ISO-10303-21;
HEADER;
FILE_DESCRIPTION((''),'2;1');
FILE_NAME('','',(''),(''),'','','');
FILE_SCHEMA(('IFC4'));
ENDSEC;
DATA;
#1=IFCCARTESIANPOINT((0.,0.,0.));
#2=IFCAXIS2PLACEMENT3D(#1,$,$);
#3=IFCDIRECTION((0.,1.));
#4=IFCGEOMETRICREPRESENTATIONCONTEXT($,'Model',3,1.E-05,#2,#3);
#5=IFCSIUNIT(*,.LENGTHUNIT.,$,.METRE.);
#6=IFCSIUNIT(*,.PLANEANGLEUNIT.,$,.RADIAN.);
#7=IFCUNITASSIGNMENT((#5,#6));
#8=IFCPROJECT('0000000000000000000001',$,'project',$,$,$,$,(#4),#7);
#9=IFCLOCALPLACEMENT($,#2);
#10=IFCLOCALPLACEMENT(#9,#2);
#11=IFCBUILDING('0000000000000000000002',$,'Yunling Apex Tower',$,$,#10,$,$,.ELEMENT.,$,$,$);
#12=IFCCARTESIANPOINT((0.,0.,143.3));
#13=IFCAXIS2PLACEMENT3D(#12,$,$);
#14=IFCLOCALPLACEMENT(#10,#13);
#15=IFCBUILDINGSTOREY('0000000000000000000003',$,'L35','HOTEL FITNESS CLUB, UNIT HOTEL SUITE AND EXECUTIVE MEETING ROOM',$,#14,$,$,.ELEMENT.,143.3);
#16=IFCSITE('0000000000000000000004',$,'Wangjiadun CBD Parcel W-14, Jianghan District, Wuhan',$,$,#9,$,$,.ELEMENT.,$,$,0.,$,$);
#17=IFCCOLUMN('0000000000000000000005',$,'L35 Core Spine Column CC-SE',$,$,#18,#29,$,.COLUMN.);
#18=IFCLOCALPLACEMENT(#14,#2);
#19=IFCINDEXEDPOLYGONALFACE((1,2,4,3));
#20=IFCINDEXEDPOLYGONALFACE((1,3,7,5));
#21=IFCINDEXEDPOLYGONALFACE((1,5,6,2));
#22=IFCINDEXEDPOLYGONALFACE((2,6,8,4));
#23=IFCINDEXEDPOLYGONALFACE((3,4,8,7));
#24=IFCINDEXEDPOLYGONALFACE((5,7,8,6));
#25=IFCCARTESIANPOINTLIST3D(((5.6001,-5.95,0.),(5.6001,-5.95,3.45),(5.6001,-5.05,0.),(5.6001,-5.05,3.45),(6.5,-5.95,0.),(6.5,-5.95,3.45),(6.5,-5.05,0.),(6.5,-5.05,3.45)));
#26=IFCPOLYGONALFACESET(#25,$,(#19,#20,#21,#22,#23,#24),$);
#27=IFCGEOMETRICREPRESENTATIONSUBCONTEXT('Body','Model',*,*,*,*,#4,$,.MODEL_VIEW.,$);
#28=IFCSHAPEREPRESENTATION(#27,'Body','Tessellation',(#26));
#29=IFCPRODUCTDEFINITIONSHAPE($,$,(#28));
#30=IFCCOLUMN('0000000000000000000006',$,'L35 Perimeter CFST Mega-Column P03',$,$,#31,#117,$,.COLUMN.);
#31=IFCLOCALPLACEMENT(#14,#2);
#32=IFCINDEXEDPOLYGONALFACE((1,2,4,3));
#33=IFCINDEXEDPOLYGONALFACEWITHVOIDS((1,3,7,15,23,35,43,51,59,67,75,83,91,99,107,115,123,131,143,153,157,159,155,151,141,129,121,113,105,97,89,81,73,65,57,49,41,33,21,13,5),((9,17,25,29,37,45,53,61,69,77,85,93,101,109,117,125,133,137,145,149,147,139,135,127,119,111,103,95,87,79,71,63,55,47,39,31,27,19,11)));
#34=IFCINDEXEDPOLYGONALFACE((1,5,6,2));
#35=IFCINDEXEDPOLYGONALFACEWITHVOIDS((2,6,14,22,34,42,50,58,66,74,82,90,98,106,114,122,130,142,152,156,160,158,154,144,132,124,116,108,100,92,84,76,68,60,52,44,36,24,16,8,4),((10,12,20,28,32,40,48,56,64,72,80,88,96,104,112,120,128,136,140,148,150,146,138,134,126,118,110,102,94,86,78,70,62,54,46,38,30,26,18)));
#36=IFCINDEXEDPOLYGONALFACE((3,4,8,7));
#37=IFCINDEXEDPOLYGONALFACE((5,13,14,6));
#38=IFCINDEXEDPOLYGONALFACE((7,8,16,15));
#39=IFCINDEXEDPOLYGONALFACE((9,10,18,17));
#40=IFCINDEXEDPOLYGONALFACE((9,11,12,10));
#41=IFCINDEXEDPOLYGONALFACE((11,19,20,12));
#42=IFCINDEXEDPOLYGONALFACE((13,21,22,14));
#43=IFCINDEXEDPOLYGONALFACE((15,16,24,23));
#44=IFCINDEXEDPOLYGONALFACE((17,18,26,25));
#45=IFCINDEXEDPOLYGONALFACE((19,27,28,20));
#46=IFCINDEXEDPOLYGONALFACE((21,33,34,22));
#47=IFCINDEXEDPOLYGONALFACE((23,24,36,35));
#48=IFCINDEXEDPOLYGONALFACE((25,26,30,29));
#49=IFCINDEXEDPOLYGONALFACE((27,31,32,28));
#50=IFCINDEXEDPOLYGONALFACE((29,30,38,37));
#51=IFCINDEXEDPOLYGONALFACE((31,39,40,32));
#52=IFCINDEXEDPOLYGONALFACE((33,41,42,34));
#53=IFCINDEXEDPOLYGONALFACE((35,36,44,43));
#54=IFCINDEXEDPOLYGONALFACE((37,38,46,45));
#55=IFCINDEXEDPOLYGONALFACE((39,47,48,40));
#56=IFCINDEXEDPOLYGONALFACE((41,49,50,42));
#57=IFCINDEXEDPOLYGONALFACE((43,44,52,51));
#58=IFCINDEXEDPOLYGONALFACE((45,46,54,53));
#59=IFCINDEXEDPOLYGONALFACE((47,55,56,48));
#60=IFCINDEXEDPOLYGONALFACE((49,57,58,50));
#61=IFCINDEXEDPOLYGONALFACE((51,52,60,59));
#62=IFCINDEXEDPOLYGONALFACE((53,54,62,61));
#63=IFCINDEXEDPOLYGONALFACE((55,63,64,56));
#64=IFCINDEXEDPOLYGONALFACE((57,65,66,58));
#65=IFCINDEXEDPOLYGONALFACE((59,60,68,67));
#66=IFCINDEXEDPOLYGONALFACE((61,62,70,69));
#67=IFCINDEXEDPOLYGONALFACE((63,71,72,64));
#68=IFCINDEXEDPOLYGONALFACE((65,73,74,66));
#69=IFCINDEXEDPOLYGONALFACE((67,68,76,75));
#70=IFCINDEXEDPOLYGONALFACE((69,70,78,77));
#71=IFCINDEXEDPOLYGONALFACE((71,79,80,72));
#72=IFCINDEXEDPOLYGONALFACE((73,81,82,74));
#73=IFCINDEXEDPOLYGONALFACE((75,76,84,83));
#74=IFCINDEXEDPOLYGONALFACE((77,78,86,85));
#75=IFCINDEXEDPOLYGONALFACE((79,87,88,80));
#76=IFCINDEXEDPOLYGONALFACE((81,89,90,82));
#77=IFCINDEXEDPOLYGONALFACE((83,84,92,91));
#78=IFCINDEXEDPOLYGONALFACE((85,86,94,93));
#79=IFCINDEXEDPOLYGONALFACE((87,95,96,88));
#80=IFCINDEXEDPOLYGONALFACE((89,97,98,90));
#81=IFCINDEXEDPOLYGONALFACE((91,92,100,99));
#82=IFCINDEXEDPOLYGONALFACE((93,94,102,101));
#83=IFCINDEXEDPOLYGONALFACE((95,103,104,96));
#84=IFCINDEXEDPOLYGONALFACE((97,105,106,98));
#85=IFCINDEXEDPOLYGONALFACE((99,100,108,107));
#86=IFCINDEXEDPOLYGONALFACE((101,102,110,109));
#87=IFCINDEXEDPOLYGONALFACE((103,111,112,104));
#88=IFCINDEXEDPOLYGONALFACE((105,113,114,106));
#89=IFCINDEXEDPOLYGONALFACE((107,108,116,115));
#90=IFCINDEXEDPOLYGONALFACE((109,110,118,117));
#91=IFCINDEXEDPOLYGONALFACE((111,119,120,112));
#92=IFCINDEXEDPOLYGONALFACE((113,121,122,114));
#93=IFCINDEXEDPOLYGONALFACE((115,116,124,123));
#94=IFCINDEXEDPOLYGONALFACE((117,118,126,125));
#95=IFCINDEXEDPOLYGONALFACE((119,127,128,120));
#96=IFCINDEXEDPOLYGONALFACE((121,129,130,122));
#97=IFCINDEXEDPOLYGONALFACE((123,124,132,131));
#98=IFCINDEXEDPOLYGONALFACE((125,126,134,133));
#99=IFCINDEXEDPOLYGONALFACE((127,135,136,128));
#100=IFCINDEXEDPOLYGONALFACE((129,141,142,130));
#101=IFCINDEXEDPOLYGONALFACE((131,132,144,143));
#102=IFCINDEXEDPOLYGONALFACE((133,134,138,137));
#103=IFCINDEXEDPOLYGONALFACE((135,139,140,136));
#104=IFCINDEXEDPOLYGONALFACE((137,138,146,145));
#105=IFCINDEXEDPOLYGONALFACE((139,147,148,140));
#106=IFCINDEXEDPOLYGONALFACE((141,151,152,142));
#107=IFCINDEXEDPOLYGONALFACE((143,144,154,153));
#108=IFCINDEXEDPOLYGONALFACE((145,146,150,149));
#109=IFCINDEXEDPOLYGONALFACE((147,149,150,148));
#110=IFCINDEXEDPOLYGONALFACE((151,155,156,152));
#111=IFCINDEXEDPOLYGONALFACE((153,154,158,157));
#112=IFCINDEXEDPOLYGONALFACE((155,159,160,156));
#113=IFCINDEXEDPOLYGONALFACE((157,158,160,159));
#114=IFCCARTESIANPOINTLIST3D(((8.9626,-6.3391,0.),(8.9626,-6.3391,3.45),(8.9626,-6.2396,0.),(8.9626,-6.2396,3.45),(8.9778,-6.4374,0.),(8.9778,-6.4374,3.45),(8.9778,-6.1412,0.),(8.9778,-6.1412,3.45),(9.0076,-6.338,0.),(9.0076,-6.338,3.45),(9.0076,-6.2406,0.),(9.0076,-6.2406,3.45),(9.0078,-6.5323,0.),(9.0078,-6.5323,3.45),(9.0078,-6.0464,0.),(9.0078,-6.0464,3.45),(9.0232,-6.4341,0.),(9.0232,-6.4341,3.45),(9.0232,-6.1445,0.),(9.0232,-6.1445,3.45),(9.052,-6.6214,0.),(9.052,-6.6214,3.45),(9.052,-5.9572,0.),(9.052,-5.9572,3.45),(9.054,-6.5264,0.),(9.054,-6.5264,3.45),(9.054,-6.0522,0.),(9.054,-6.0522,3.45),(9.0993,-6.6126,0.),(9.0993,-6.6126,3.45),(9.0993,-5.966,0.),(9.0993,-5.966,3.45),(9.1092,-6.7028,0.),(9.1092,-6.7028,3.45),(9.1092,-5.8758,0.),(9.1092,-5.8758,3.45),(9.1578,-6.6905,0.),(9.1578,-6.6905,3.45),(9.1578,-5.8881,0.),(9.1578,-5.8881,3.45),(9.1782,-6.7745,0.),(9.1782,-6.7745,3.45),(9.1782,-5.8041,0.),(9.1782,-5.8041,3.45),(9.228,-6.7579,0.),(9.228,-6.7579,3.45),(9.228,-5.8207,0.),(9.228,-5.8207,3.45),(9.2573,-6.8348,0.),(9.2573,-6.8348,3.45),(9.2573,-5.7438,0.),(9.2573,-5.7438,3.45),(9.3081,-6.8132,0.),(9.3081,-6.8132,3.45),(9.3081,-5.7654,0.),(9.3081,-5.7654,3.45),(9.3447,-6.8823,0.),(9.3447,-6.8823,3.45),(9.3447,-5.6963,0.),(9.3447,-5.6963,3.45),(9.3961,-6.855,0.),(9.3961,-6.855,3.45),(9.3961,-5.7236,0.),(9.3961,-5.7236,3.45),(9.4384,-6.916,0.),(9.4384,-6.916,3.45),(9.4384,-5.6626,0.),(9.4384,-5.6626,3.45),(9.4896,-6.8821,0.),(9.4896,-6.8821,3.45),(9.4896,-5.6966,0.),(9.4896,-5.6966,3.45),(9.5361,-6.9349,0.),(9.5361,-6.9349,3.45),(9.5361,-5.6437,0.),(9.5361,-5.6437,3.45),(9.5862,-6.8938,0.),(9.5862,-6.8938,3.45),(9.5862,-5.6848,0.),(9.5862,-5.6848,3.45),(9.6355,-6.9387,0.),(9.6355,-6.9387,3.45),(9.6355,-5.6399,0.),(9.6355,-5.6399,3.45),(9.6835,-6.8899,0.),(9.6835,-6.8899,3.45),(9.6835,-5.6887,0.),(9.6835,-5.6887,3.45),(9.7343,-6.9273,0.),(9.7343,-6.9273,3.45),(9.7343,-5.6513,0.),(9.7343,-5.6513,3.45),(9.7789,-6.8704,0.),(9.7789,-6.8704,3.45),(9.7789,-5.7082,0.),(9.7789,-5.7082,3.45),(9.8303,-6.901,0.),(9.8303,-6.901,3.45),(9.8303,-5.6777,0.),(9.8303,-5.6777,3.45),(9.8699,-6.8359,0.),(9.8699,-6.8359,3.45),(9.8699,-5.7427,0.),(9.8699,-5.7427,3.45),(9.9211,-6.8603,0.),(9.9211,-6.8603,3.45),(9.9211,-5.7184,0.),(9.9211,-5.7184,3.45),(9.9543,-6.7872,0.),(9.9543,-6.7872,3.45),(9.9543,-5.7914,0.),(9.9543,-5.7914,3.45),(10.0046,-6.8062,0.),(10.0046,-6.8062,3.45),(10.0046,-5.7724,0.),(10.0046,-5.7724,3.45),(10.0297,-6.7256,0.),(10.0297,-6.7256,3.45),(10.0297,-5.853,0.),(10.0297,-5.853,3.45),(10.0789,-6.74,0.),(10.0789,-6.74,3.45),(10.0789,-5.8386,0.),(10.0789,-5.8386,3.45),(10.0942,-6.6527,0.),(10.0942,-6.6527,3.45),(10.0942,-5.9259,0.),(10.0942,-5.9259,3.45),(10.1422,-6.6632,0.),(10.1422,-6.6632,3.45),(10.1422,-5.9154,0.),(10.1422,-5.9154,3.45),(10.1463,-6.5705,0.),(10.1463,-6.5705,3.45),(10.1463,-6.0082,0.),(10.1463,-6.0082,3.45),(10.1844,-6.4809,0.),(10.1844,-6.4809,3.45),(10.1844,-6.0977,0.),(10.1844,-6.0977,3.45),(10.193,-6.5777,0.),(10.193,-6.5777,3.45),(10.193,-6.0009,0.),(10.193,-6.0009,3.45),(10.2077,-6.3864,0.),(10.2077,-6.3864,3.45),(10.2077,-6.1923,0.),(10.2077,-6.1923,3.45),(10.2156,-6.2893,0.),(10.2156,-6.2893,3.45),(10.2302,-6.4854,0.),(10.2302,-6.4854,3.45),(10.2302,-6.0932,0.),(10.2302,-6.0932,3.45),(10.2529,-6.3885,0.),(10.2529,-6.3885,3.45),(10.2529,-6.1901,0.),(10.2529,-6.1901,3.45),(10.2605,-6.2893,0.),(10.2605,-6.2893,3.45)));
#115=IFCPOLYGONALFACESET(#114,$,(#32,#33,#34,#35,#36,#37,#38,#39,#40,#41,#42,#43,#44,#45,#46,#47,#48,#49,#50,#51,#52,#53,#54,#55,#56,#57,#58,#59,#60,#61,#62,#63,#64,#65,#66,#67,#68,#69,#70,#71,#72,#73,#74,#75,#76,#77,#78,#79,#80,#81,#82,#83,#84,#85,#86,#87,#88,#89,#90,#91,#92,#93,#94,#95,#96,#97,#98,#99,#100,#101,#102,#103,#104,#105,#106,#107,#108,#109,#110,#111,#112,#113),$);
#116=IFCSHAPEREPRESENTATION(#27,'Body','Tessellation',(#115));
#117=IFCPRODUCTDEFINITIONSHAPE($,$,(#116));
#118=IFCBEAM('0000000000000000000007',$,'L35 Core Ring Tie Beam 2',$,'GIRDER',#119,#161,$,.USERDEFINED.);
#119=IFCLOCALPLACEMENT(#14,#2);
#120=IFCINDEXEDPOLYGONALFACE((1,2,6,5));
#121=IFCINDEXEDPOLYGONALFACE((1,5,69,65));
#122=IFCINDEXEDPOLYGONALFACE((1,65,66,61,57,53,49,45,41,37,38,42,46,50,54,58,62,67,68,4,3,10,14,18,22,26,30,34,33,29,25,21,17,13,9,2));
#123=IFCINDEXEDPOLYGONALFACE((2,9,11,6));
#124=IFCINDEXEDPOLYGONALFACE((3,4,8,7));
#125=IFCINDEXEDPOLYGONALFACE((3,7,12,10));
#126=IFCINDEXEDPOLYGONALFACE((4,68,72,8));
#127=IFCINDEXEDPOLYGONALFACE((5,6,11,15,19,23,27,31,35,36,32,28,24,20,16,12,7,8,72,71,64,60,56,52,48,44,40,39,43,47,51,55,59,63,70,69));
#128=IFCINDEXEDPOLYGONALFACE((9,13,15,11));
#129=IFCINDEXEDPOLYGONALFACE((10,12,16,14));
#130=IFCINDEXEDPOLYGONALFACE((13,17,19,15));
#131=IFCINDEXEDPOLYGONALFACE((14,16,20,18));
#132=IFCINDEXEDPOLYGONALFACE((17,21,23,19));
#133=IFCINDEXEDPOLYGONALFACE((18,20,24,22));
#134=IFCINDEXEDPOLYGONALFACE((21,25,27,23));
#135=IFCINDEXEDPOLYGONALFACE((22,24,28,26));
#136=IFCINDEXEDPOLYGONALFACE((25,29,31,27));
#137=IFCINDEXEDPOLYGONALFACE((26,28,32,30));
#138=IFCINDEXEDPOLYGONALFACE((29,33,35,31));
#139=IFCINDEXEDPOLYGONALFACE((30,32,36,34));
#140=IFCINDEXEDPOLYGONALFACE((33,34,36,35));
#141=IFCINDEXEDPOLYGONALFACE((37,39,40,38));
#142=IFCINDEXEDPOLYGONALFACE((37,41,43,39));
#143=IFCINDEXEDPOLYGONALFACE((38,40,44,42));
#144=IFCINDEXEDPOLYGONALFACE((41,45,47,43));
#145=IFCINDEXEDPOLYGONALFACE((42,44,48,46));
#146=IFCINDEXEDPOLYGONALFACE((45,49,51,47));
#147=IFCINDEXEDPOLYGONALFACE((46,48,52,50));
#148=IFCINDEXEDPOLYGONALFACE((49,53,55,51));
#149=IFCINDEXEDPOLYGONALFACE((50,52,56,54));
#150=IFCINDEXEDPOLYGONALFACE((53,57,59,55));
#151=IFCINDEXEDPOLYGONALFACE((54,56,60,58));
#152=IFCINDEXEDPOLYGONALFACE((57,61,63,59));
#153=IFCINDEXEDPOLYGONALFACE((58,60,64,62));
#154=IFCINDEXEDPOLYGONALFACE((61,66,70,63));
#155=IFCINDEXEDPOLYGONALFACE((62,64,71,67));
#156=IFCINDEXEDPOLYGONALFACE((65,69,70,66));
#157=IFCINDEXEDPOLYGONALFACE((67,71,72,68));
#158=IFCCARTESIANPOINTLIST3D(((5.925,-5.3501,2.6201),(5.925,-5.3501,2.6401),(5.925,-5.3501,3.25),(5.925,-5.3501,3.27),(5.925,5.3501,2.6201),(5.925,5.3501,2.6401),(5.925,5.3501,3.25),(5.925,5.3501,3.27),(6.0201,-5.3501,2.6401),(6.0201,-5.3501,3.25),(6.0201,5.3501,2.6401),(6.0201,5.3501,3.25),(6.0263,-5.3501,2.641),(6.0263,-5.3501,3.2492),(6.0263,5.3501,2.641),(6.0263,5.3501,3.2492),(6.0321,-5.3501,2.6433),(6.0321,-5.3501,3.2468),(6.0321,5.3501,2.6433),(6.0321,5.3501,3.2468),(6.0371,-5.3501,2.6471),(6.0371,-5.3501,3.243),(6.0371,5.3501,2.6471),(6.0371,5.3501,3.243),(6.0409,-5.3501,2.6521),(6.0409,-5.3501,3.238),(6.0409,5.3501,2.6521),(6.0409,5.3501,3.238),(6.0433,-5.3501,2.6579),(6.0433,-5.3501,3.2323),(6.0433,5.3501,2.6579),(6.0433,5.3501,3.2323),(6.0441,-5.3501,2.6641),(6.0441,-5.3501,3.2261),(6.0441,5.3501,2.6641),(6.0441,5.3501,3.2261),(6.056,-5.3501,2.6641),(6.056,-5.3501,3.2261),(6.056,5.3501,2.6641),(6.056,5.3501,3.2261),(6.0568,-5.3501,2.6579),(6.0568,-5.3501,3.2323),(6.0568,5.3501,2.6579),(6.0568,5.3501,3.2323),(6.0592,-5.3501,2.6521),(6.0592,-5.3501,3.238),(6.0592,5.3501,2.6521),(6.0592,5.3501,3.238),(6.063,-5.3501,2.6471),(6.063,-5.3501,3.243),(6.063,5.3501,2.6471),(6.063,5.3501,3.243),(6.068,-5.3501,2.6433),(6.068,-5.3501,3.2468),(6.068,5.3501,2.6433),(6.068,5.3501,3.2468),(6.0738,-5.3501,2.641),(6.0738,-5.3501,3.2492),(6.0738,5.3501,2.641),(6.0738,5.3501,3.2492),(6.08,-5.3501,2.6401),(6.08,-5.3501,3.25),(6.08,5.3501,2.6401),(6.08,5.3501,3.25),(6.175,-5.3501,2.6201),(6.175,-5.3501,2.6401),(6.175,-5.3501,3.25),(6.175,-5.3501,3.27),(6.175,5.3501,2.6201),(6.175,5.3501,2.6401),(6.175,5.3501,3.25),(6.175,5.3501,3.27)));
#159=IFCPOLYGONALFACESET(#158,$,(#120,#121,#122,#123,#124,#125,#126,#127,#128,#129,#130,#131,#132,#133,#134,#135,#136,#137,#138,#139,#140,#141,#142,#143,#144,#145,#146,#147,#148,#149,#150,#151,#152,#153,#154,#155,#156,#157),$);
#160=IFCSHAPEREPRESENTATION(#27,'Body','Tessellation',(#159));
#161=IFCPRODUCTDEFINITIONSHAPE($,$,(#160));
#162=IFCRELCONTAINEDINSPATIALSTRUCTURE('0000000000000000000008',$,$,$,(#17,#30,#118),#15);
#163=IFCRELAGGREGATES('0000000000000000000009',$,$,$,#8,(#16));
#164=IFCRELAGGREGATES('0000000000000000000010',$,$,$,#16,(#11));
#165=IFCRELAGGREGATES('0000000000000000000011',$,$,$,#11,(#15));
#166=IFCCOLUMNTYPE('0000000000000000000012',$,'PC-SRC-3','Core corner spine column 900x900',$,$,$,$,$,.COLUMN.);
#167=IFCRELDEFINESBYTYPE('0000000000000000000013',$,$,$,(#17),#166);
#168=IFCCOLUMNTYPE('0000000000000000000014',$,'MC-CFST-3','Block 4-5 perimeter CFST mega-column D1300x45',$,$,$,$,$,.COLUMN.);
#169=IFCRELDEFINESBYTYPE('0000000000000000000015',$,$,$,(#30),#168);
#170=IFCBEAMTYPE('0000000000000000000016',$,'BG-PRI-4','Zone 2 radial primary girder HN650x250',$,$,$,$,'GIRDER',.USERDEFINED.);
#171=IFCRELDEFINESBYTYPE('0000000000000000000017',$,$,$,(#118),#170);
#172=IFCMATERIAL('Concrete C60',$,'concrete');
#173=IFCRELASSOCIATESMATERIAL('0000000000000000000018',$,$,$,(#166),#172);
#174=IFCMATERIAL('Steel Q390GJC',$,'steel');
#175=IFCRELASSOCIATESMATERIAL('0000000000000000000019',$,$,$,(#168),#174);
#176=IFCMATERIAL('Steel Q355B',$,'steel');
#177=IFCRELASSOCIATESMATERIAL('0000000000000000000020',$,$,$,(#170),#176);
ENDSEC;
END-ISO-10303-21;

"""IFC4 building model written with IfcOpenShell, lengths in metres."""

from ifc_helpers import new_model, si_unit, direction, frame, origin, origin_2d, place, context, subcontext, project, spatial, rectangle, hollow_circle, i_section, extrude, source, transform, mapped, material, material_profile, profile_set, type_object, element, save


model = new_model("IFC4")

# Units and contexts
model_context = context("Model", 3, precision=1e-05, world=origin(), true_north=direction((0.0, 1.0)))
body_context = subcontext(model_context, "Body", "Model", "MODEL_VIEW")
ifc_project = project(units=[si_unit("LENGTHUNIT", "METRE"), si_unit("PLANEANGLEUNIT", "RADIAN")], contexts=[model_context])

# Site, building, storey
site_placement = place(None, origin())
site = spatial("IfcSite", under=ifc_project, at=site_placement, Name="Wangjiadun CBD Parcel W-14, Jianghan District, Wuhan", CompositionType="ELEMENT", RefElevation=0.0)
building_placement = place(site_placement, origin())
building = spatial("IfcBuilding", under=site, at=building_placement, Name="Yunling Apex Tower", CompositionType="ELEMENT")
storey_placement = place(building_placement, frame((0.0, 0.0, 143.3)))
storey = spatial("IfcBuildingStorey", under=building, at=storey_placement, Name="L35", Description="HOTEL FITNESS CLUB, UNIT HOTEL SUITE AND EXECUTIVE MEETING ROOM", CompositionType="ELEMENT", Elevation=143.3)

# Columns
ifc_material_1 = material(Name="Concrete C60", Category="concrete")
ifc_material_profile_1 = material_profile(ifc_material_1, rectangle(XDim=0.8999, YDim=0.8999, at=origin_2d()))
ifc_profile_set_1 = profile_set([ifc_material_profile_1], Name="Concrete C60")
column_type_1 = type_object("IfcColumnType", Name="PC-SRC-3", Description="Core corner spine column 900x900", PredefinedType="COLUMN", material=ifc_profile_set_1)
shared_shape_1 = source(origin(), body_context, "Body", "SweptSolid", [
    extrude(rectangle(XDim=0.8999, YDim=0.8999, at=origin_2d()), origin(), (0.0, 0.0, 1.0), 3.45),
])
column_1_placement = place(storey_placement, frame((6.05, -5.5, 0.0), z_axis=(0.0, 0.0, 1.0), x_axis=(1.0, 0.0, 0.0)))
element("IfcColumn", 1, at=column_1_placement, inside=storey, type_object=column_type_1, Name="L35 Core Spine Column CC-SE", PredefinedType="COLUMN", context=body_context, shape_type="MappedRepresentation", body=[
    mapped(shared_shape_1, transform((0.0, 0.0, 0.0), scale=1.0)),
])
ifc_material_2 = material(Name="Steel Q390GJC", Category="steel")
ifc_material_profile_2 = material_profile(ifc_material_2, hollow_circle(Radius=0.6499, WallThickness=0.0449, at=origin_2d()))
ifc_profile_set_2 = profile_set([ifc_material_profile_2], Name="Steel Q390GJC")
column_type_2 = type_object("IfcColumnType", Name="MC-CFST-3", Description="Block 4-5 perimeter CFST mega-column D1300x45", PredefinedType="COLUMN", material=ifc_profile_set_2)
shared_shape_2 = source(origin(), body_context, "Body", "SweptSolid", [
    extrude(hollow_circle(Radius=0.6499, WallThickness=0.0449, at=origin_2d()), origin(), (0.0, 0.0, 1.0), 3.45),
])
column_2_placement = place(storey_placement, frame((9.6106, -6.2893, 0.0), z_axis=(0.0, 0.0, 1.0), x_axis=(1.0, 0.0, 0.0)))
element("IfcColumn", 2, at=column_2_placement, inside=storey, type_object=column_type_2, Name="L35 Perimeter CFST Mega-Column P03", PredefinedType="COLUMN", context=body_context, shape_type="MappedRepresentation", body=[
    mapped(shared_shape_2, transform((0.0, 0.0, 0.0), scale=1.0)),
])

# Beam
ifc_material_3 = material(Name="Steel Q355B", Category="steel")
ifc_material_profile_3 = material_profile(ifc_material_3, i_section(OverallWidth=0.25, OverallDepth=0.6499, WebThickness=0.012, FlangeThickness=0.02, FilletRadius=0.0239, at=origin_2d()))
ifc_profile_set_3 = profile_set([ifc_material_profile_3], Name="Steel Q355B")
beam_type_1 = type_object("IfcBeamType", Name="BG-PRI-4", Description="Zone 2 radial primary girder HN650x250", ElementType="GIRDER", PredefinedType="USERDEFINED", material=ifc_profile_set_3)
shared_shape_3 = source(origin(), body_context, "Body", "SweptSolid", [
    extrude(i_section(OverallWidth=0.25, OverallDepth=0.6499, WebThickness=0.012, FlangeThickness=0.02, FilletRadius=0.0239, at=origin_2d()), origin(), (0.0, 0.0, 1.0), 10.7002),
])
beam_1_placement = place(storey_placement, frame((6.05, -5.3501, 2.9451), z_axis=(0.0, 1.0, 0.0), x_axis=(-1.0, 0.0, 0.0)))
element("IfcBeam", 3, at=beam_1_placement, inside=storey, type_object=beam_type_1, Name="L35 Core Ring Tie Beam 2", ObjectType="GIRDER", PredefinedType="USERDEFINED", context=body_context, shape_type="MappedRepresentation", body=[
    mapped(shared_shape_3, transform((0.0, 0.0, 0.0), scale=1.0)),
])

save(model, "model.ifc")
